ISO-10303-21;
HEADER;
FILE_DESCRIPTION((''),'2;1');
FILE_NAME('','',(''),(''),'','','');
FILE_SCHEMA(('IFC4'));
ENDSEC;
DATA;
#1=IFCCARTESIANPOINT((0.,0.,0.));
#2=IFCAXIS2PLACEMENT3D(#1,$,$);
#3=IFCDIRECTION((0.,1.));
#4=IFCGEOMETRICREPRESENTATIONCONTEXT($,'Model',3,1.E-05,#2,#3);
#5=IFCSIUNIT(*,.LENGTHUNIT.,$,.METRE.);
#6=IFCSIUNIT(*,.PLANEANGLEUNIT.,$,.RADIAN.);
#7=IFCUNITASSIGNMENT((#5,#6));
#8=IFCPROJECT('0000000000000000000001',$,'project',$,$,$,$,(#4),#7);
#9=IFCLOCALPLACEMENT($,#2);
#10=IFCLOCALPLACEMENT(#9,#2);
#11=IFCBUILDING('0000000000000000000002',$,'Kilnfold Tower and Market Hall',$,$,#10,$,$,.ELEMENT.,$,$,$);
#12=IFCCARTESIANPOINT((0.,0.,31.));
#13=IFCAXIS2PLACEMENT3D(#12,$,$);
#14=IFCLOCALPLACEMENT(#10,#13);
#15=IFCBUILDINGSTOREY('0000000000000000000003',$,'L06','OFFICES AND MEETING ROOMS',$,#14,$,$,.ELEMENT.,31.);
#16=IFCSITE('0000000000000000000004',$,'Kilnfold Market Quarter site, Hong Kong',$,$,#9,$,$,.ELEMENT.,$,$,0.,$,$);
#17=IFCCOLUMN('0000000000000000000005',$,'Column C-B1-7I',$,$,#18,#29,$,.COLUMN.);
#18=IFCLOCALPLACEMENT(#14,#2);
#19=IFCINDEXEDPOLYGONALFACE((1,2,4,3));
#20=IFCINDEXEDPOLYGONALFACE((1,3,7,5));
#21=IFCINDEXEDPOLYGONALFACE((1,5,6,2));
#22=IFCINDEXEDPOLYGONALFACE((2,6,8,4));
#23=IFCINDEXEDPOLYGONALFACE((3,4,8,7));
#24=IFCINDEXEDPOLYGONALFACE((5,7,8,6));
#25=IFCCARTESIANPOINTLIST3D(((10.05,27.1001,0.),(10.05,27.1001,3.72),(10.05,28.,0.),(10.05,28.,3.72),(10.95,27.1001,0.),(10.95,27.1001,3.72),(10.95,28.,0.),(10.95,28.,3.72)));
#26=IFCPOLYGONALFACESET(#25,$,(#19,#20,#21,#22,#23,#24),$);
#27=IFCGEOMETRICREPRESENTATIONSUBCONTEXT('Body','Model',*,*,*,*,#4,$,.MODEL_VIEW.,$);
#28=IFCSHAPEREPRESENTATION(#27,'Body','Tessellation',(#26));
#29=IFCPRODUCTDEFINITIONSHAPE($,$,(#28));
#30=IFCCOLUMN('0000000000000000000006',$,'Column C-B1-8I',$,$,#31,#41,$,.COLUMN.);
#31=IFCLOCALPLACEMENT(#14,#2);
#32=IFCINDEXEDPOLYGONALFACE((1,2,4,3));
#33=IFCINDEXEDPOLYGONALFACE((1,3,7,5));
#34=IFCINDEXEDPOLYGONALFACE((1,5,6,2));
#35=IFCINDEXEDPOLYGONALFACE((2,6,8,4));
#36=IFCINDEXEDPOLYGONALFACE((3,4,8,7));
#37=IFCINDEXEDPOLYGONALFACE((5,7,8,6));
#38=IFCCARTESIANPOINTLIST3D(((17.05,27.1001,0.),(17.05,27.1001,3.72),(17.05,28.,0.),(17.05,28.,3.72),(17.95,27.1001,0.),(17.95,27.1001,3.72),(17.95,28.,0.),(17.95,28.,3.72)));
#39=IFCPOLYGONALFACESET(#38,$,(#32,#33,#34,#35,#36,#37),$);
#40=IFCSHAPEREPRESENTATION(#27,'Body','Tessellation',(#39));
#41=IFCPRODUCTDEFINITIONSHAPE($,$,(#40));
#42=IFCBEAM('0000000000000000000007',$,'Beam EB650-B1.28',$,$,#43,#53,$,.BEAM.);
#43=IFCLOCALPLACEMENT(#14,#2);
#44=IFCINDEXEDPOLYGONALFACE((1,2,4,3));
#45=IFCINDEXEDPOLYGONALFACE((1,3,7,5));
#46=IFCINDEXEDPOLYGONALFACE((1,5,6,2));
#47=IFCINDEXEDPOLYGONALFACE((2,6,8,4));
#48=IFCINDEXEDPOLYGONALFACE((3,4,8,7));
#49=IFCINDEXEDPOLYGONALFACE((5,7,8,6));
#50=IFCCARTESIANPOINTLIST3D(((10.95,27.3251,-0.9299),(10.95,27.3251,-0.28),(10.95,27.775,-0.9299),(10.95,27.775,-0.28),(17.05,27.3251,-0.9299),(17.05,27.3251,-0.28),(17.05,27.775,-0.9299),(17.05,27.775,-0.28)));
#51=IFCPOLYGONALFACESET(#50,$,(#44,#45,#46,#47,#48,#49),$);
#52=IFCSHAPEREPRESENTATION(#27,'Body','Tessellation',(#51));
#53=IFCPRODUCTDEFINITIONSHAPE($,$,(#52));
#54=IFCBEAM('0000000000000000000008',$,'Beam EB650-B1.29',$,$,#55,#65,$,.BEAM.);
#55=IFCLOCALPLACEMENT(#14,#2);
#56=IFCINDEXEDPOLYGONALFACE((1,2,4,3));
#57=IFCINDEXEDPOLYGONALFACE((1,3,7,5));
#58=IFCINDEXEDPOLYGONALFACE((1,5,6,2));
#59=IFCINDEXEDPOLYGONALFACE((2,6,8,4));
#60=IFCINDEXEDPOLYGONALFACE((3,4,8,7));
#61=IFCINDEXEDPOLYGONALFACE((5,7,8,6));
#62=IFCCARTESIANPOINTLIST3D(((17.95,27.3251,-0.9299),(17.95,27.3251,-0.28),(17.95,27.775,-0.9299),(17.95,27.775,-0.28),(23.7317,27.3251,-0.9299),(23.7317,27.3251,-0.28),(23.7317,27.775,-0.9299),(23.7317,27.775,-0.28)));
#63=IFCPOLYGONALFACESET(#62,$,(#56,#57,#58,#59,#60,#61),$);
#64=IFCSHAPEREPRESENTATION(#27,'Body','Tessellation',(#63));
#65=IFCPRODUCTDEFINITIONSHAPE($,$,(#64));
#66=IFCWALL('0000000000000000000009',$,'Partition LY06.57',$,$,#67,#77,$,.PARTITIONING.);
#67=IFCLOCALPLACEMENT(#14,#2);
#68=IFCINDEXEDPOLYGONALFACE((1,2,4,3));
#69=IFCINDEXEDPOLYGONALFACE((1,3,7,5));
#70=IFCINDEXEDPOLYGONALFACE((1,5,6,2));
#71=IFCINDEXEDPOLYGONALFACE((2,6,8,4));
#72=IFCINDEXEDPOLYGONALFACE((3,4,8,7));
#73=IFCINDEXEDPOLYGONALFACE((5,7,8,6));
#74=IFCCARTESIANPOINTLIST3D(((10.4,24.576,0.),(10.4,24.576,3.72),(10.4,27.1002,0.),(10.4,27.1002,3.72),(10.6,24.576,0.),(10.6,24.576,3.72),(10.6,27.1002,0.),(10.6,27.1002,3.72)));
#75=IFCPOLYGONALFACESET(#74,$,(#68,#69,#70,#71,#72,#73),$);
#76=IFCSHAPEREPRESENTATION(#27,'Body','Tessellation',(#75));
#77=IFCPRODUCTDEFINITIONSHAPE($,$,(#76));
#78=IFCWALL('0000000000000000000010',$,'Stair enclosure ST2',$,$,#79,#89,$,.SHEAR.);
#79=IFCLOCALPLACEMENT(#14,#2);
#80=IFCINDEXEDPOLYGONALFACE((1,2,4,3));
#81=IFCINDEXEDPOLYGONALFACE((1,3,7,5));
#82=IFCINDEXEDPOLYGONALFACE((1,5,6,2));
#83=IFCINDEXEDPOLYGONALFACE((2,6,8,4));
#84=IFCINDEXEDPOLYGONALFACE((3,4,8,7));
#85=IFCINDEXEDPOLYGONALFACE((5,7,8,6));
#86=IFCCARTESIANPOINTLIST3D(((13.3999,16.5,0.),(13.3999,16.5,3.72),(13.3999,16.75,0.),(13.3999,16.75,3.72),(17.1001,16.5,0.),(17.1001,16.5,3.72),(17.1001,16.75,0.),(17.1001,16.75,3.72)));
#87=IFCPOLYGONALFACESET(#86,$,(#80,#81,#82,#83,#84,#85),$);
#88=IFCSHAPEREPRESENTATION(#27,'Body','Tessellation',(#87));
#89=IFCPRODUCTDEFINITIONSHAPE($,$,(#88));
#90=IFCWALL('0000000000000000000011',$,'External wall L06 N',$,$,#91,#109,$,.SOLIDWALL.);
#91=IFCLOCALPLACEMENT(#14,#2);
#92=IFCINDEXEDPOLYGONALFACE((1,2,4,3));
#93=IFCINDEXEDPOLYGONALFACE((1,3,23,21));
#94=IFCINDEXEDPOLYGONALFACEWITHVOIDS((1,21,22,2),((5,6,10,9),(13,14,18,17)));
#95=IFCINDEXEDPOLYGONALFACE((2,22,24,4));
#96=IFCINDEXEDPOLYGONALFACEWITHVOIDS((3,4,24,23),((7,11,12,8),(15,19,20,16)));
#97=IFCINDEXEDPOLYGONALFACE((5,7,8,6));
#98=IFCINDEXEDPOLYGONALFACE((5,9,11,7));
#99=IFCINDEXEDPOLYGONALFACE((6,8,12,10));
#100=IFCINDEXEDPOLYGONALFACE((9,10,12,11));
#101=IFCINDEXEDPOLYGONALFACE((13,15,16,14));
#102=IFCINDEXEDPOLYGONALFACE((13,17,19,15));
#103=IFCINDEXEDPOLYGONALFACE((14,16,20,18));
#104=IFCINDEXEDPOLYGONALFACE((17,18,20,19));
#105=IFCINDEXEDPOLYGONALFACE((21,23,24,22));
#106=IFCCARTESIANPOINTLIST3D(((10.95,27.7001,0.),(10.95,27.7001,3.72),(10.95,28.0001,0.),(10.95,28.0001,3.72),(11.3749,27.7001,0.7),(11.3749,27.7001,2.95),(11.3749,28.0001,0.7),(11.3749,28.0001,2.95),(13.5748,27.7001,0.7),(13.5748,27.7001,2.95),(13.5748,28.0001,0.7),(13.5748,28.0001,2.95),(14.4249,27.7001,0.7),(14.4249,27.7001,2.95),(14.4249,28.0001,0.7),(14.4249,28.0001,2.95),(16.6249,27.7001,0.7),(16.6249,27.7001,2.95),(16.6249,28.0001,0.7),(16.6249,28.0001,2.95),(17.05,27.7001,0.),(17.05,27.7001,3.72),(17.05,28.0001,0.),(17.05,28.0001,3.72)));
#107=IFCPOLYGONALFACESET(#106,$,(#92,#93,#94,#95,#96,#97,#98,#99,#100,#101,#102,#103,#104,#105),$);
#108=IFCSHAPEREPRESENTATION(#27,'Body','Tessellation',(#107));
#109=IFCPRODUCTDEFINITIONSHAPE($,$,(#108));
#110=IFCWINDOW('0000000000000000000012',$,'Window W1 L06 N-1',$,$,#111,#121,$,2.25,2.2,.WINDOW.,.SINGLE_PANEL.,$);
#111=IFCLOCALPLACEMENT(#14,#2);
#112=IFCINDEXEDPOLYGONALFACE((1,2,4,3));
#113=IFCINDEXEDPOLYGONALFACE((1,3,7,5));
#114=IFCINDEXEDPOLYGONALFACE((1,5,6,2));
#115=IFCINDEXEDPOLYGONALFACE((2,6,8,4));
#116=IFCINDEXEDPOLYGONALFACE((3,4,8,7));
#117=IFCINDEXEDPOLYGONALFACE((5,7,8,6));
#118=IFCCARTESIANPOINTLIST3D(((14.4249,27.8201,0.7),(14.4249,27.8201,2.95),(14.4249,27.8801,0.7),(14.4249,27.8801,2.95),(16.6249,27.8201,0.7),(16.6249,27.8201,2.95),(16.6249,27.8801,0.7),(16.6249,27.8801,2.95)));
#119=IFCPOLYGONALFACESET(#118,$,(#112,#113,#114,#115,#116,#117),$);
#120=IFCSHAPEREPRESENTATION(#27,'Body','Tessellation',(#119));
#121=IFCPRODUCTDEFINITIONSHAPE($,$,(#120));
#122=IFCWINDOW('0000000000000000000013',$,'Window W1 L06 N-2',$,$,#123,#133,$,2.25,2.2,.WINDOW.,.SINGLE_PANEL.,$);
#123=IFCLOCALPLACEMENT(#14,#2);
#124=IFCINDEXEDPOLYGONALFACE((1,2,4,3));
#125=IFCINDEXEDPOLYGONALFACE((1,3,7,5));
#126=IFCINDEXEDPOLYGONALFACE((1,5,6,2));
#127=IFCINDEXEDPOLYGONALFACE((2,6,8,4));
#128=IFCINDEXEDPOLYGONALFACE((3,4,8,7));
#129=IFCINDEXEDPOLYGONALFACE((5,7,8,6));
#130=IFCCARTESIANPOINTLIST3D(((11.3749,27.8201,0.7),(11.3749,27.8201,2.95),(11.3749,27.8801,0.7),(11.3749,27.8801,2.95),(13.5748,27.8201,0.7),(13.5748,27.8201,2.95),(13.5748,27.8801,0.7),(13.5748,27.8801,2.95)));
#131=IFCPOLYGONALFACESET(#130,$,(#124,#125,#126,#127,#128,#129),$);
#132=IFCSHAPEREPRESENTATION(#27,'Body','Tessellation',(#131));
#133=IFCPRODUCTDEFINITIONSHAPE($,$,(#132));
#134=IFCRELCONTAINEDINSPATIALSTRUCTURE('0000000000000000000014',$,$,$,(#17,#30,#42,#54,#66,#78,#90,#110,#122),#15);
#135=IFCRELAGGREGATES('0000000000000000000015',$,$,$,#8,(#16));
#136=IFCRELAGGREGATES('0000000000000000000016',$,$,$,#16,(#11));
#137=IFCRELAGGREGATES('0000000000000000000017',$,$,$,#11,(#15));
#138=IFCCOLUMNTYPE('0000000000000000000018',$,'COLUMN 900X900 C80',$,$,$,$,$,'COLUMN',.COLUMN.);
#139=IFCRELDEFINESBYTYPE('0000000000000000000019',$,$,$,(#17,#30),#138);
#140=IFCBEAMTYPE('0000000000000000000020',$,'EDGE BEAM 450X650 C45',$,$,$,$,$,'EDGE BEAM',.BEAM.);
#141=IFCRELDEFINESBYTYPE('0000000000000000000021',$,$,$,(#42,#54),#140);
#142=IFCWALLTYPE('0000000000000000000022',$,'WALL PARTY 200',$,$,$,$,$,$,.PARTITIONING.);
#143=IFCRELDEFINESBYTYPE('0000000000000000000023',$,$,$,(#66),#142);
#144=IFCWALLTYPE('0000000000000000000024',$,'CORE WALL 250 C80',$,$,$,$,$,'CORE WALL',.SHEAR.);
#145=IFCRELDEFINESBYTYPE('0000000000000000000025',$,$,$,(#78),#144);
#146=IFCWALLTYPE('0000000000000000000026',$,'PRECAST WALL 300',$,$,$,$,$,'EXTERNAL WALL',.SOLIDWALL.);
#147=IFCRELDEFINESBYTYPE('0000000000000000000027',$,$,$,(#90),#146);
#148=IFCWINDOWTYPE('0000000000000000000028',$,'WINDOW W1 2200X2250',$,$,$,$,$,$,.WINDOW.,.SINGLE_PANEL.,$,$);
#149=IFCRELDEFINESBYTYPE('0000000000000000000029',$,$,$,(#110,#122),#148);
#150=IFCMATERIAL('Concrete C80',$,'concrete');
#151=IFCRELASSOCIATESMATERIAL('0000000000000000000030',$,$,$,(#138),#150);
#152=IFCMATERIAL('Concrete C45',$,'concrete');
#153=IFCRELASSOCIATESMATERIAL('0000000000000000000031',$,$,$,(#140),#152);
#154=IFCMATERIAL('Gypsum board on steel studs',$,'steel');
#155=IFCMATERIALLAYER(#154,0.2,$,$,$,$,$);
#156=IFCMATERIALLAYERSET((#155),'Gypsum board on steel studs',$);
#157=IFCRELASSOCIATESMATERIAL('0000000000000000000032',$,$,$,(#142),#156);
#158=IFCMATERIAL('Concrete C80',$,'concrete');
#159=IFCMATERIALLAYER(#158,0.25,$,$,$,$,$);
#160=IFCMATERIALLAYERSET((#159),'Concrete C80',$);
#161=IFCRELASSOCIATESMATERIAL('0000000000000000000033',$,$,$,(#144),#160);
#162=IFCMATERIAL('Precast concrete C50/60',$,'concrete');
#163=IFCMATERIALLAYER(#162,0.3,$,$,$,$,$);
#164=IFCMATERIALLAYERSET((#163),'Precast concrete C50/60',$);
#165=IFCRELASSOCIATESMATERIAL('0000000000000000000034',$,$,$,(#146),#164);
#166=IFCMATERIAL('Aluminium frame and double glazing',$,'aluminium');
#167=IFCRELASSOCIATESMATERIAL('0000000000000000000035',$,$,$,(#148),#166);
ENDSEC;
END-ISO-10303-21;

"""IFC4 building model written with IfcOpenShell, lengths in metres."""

from ifc_helpers import new_model, si_unit, direction, frame, frame_2d, origin, origin_2d, place, context, subcontext, project, spatial, rectangle, extrude, source, transform, mapped, material, layer, layer_set, material_profile, profile_set, type_object, element, fill, save


model = new_model("IFC4")

# Units and contexts
model_context = context("Model", 3, precision=1e-05, world=origin(), true_north=direction((0.0, 1.0)))
body_context = subcontext(model_context, "Body", "Model", "MODEL_VIEW")
ifc_project = project(units=[si_unit("LENGTHUNIT", "METRE"), si_unit("PLANEANGLEUNIT", "RADIAN")], contexts=[model_context])

# Site, building, storey
site_placement = place(None, origin())
site = spatial("IfcSite", under=ifc_project, at=site_placement, Name="Kilnfold Market Quarter site, Hong Kong", CompositionType="ELEMENT", RefElevation=0.0)
building_placement = place(site_placement, origin())
building = spatial("IfcBuilding", under=site, at=building_placement, Name="Kilnfold Tower and Market Hall", CompositionType="ELEMENT")
storey_placement = place(building_placement, frame((0.0, 0.0, 31.0)))
storey = spatial("IfcBuildingStorey", under=building, at=storey_placement, Name="L06", Description="OFFICES AND MEETING ROOMS", CompositionType="ELEMENT", Elevation=31.0)

# Columns
ifc_material_1 = material(Name="Concrete C80", Category="concrete")
ifc_material_profile_1 = material_profile(ifc_material_1, rectangle(XDim=0.8999, YDim=0.8999, at=origin_2d()), Name="RC 900x900")
ifc_profile_set_1 = profile_set([ifc_material_profile_1], Name="Concrete C80")
column_type = type_object("IfcColumnType", Name="COLUMN 900X900 C80", ElementType="COLUMN", PredefinedType="COLUMN", material=ifc_profile_set_1)
shared_shape_1 = source(origin(), body_context, "Body", "SweptSolid", [
    extrude(rectangle(XDim=0.8999, YDim=0.8999, at=origin_2d()), origin(), (0.0, 0.0, 1.0), 3.72),
])
for number, where, z_axis, x_axis, name in (
    (1, (10.5, 27.55, 0.0), (0.0, 0.0, 1.0), (1.0, 0.0, 0.0), "Column C-B1-7I"),
    (2, (17.5, 27.55, 0.0), (0.0, 0.0, 1.0), (1.0, 0.0, 0.0), "Column C-B1-8I"),
):
    element("IfcColumn", number, at=place(storey_placement, frame(where, z_axis=z_axis, x_axis=x_axis)), inside=storey, type_object=column_type, Name=name, PredefinedType="COLUMN", context=body_context, shape_type="MappedRepresentation", body=[
        mapped(shared_shape_1, transform((0.0, 0.0, 0.0))),
    ])

# Beams
ifc_material_2 = material(Name="Concrete C45", Category="concrete")
ifc_material_profile_2 = material_profile(ifc_material_2, rectangle(XDim=0.45, YDim=0.6499, at=origin_2d()), Name="RC 450x650")
ifc_profile_set_2 = profile_set([ifc_material_profile_2], Name="Concrete C45")
beam_type = type_object("IfcBeamType", Name="EDGE BEAM 450X650 C45", ElementType="EDGE BEAM", PredefinedType="BEAM", material=ifc_profile_set_2)
shared_shape_2 = source(origin(), body_context, "Body", "SweptSolid", [
    extrude(rectangle(XDim=0.45, YDim=0.6499, at=origin_2d()), origin(), (0.0, 0.0, 1.0), 6.1001),
])
beam_1_placement = place(storey_placement, frame((10.95, 27.55, -0.605), z_axis=(1.0, 0.0, 0.0), x_axis=(0.0, 1.0, 0.0)))
element("IfcBeam", 3, at=beam_1_placement, inside=storey, type_object=beam_type, Name="Beam EB650-B1.28", PredefinedType="BEAM", context=body_context, shape_type="MappedRepresentation", body=[
    mapped(shared_shape_2, transform((0.0, 0.0, 0.0))),
])
shared_shape_3 = source(origin(), body_context, "Body", "SweptSolid", [
    extrude(rectangle(XDim=0.45, YDim=0.6499, at=origin_2d()), origin(), (0.0, 0.0, 1.0), 5.7817),
])
beam_2_placement = place(storey_placement, frame((17.95, 27.55, -0.605), z_axis=(1.0, 0.0, 0.0), x_axis=(0.0, 1.0, 0.0)))
element("IfcBeam", 4, at=beam_2_placement, inside=storey, type_object=beam_type, Name="Beam EB650-B1.29", PredefinedType="BEAM", context=body_context, shape_type="MappedRepresentation", body=[
    mapped(shared_shape_3, transform((0.0, 0.0, 0.0))),
])

# Walls
ifc_material_3 = material(Name="Gypsum board on steel studs", Category="steel")
ifc_layer_1 = layer(ifc_material_3, 0.2)
ifc_layer_set_1 = layer_set([ifc_layer_1], Name="Gypsum board on steel studs")
wall_type_1 = type_object("IfcWallType", Name="WALL PARTY 200", PredefinedType="PARTITIONING", material=ifc_layer_set_1)
wall_1_placement = place(storey_placement, frame((10.5, 24.5759, 0.0), z_axis=(0.0, 0.0, 1.0), x_axis=(0.0, 1.0, 0.0)))
element("IfcWall", 5, at=wall_1_placement, inside=storey, type_object=wall_type_1, Name="Partition LY06.57", PredefinedType="PARTITIONING", context=body_context, shape_type="SweptSolid", body=[
    extrude(rectangle(XDim=2.5242, YDim=0.2, at=frame_2d((1.2622, 0.0))), origin(), (0.0, 0.0, 1.0), 3.72),
])
ifc_material_4 = material(Name="Concrete C80", Category="concrete")
ifc_layer_2 = layer(ifc_material_4, 0.25)
ifc_layer_set_2 = layer_set([ifc_layer_2], Name="Concrete C80")
wall_type_2 = type_object("IfcWallType", Name="CORE WALL 250 C80", ElementType="CORE WALL", PredefinedType="SHEAR", material=ifc_layer_set_2)
shared_shape_4 = source(origin(), body_context, "Body", "SweptSolid", [
    extrude(rectangle(XDim=3.7002, YDim=0.25, at=frame_2d((1.8501, 0.0))), origin(), (0.0, 0.0, 1.0), 3.72),
])
wall_2_placement = place(storey_placement, frame((13.3999, 16.625, 0.0), z_axis=(0.0, 0.0, 1.0), x_axis=(1.0, 0.0, 0.0)))
element("IfcWall", 6, at=wall_2_placement, inside=storey, type_object=wall_type_2, Name="Stair enclosure ST2", PredefinedType="SHEAR", context=body_context, shape_type="MappedRepresentation", body=[
    mapped(shared_shape_4, transform((0.0, 0.0, 0.0))),
])

# Wall, openings, windows
ifc_material_5 = material(Name="Precast concrete C50/60", Category="concrete")
ifc_layer_3 = layer(ifc_material_5, 0.3)
ifc_layer_set_3 = layer_set([ifc_layer_3], Name="Precast concrete C50/60")
wall_type_3 = type_object("IfcWallType", Name="PRECAST WALL 300", ElementType="EXTERNAL WALL", PredefinedType="SOLIDWALL", material=ifc_layer_set_3)
shared_shape_5 = source(origin(), body_context, "Body", "SweptSolid", [
    extrude(rectangle(XDim=6.1001, YDim=0.3, at=frame_2d((3.05, 0.0))), origin(), (0.0, 0.0, 1.0), 3.72),
])
wall_3_placement = place(storey_placement, frame((17.05, 27.8501, 0.0), z_axis=(0.0, 0.0, 1.0), x_axis=(-1.0, 0.0, 0.0)))
wall_3 = element("IfcWall", 7, at=wall_3_placement, inside=storey, type_object=wall_type_3, Name="External wall L06 N", PredefinedType="SOLIDWALL", context=body_context, shape_type="MappedRepresentation", body=[
    mapped(shared_shape_5, transform((0.0, 0.0, 0.0))),
])
opening_1_placement = place(wall_3_placement, frame((0.425, 0.0, 0.7)))
opening_1 = element("IfcOpeningElement", 8, at=opening_1_placement, cuts=wall_3, PredefinedType="OPENING", context=body_context, shape_type="SweptSolid", body=[
    extrude(rectangle(XDim=2.2, YDim=2.25, at=frame_2d((1.1001, 1.125))), frame((0.0, 0.1602, 0.0), z_axis=(0.0, -1.0, 0.0), x_axis=(1.0, 0.0, 0.0)), (0.0, 0.0, 1.0), 0.3201),
])
opening_2_placement = place(wall_3_placement, frame((3.4751, 0.0, 0.7)))
opening_2 = element("IfcOpeningElement", 9, at=opening_2_placement, cuts=wall_3, PredefinedType="OPENING", context=body_context, shape_type="SweptSolid", body=[
    extrude(rectangle(XDim=2.2, YDim=2.25, at=frame_2d((1.1001, 1.125))), frame((0.0, 0.1602, 0.0), z_axis=(0.0, -1.0, 0.0), x_axis=(1.0, 0.0, 0.0)), (0.0, 0.0, 1.0), 0.3201),
])
ifc_material_6 = material(Name="Aluminium frame and double glazing", Category="aluminium")
window_type = type_object("IfcWindowType", Name="WINDOW W1 2200X2250", PartitioningType="SINGLE_PANEL", PredefinedType="WINDOW", material=ifc_material_6)
window_1_placement = place(opening_1_placement, origin())
window_1 = element("IfcWindow", 10, at=window_1_placement, inside=storey, type_object=window_type, Name="Window W1 L06 N-1", OverallHeight=2.25, OverallWidth=2.2, PartitioningType="SINGLE_PANEL", PredefinedType="WINDOW", context=body_context, shape_type="SweptSolid", body=[
    extrude(rectangle(XDim=2.2, YDim=2.25, at=frame_2d((1.1001, 1.125))), frame((0.0, 0.03, 0.0), z_axis=(0.0, -1.0, 0.0), x_axis=(1.0, 0.0, 0.0)), (0.0, 0.0, 1.0), 0.0601),
])
fill(opening_1, window_1)
window_2_placement = place(opening_2_placement, origin())
window_2 = element("IfcWindow", 11, at=window_2_placement, inside=storey, type_object=window_type, Name="Window W1 L06 N-2", OverallHeight=2.25, OverallWidth=2.2, PartitioningType="SINGLE_PANEL", PredefinedType="WINDOW", context=body_context, shape_type="SweptSolid", body=[
    extrude(rectangle(XDim=2.2, YDim=2.25, at=frame_2d((1.1001, 1.125))), frame((0.0, 0.03, 0.0), z_axis=(0.0, -1.0, 0.0), x_axis=(1.0, 0.0, 0.0)), (0.0, 0.0, 1.0), 0.0601),
])
fill(opening_2, window_2)

save(model, "model.ifc")
